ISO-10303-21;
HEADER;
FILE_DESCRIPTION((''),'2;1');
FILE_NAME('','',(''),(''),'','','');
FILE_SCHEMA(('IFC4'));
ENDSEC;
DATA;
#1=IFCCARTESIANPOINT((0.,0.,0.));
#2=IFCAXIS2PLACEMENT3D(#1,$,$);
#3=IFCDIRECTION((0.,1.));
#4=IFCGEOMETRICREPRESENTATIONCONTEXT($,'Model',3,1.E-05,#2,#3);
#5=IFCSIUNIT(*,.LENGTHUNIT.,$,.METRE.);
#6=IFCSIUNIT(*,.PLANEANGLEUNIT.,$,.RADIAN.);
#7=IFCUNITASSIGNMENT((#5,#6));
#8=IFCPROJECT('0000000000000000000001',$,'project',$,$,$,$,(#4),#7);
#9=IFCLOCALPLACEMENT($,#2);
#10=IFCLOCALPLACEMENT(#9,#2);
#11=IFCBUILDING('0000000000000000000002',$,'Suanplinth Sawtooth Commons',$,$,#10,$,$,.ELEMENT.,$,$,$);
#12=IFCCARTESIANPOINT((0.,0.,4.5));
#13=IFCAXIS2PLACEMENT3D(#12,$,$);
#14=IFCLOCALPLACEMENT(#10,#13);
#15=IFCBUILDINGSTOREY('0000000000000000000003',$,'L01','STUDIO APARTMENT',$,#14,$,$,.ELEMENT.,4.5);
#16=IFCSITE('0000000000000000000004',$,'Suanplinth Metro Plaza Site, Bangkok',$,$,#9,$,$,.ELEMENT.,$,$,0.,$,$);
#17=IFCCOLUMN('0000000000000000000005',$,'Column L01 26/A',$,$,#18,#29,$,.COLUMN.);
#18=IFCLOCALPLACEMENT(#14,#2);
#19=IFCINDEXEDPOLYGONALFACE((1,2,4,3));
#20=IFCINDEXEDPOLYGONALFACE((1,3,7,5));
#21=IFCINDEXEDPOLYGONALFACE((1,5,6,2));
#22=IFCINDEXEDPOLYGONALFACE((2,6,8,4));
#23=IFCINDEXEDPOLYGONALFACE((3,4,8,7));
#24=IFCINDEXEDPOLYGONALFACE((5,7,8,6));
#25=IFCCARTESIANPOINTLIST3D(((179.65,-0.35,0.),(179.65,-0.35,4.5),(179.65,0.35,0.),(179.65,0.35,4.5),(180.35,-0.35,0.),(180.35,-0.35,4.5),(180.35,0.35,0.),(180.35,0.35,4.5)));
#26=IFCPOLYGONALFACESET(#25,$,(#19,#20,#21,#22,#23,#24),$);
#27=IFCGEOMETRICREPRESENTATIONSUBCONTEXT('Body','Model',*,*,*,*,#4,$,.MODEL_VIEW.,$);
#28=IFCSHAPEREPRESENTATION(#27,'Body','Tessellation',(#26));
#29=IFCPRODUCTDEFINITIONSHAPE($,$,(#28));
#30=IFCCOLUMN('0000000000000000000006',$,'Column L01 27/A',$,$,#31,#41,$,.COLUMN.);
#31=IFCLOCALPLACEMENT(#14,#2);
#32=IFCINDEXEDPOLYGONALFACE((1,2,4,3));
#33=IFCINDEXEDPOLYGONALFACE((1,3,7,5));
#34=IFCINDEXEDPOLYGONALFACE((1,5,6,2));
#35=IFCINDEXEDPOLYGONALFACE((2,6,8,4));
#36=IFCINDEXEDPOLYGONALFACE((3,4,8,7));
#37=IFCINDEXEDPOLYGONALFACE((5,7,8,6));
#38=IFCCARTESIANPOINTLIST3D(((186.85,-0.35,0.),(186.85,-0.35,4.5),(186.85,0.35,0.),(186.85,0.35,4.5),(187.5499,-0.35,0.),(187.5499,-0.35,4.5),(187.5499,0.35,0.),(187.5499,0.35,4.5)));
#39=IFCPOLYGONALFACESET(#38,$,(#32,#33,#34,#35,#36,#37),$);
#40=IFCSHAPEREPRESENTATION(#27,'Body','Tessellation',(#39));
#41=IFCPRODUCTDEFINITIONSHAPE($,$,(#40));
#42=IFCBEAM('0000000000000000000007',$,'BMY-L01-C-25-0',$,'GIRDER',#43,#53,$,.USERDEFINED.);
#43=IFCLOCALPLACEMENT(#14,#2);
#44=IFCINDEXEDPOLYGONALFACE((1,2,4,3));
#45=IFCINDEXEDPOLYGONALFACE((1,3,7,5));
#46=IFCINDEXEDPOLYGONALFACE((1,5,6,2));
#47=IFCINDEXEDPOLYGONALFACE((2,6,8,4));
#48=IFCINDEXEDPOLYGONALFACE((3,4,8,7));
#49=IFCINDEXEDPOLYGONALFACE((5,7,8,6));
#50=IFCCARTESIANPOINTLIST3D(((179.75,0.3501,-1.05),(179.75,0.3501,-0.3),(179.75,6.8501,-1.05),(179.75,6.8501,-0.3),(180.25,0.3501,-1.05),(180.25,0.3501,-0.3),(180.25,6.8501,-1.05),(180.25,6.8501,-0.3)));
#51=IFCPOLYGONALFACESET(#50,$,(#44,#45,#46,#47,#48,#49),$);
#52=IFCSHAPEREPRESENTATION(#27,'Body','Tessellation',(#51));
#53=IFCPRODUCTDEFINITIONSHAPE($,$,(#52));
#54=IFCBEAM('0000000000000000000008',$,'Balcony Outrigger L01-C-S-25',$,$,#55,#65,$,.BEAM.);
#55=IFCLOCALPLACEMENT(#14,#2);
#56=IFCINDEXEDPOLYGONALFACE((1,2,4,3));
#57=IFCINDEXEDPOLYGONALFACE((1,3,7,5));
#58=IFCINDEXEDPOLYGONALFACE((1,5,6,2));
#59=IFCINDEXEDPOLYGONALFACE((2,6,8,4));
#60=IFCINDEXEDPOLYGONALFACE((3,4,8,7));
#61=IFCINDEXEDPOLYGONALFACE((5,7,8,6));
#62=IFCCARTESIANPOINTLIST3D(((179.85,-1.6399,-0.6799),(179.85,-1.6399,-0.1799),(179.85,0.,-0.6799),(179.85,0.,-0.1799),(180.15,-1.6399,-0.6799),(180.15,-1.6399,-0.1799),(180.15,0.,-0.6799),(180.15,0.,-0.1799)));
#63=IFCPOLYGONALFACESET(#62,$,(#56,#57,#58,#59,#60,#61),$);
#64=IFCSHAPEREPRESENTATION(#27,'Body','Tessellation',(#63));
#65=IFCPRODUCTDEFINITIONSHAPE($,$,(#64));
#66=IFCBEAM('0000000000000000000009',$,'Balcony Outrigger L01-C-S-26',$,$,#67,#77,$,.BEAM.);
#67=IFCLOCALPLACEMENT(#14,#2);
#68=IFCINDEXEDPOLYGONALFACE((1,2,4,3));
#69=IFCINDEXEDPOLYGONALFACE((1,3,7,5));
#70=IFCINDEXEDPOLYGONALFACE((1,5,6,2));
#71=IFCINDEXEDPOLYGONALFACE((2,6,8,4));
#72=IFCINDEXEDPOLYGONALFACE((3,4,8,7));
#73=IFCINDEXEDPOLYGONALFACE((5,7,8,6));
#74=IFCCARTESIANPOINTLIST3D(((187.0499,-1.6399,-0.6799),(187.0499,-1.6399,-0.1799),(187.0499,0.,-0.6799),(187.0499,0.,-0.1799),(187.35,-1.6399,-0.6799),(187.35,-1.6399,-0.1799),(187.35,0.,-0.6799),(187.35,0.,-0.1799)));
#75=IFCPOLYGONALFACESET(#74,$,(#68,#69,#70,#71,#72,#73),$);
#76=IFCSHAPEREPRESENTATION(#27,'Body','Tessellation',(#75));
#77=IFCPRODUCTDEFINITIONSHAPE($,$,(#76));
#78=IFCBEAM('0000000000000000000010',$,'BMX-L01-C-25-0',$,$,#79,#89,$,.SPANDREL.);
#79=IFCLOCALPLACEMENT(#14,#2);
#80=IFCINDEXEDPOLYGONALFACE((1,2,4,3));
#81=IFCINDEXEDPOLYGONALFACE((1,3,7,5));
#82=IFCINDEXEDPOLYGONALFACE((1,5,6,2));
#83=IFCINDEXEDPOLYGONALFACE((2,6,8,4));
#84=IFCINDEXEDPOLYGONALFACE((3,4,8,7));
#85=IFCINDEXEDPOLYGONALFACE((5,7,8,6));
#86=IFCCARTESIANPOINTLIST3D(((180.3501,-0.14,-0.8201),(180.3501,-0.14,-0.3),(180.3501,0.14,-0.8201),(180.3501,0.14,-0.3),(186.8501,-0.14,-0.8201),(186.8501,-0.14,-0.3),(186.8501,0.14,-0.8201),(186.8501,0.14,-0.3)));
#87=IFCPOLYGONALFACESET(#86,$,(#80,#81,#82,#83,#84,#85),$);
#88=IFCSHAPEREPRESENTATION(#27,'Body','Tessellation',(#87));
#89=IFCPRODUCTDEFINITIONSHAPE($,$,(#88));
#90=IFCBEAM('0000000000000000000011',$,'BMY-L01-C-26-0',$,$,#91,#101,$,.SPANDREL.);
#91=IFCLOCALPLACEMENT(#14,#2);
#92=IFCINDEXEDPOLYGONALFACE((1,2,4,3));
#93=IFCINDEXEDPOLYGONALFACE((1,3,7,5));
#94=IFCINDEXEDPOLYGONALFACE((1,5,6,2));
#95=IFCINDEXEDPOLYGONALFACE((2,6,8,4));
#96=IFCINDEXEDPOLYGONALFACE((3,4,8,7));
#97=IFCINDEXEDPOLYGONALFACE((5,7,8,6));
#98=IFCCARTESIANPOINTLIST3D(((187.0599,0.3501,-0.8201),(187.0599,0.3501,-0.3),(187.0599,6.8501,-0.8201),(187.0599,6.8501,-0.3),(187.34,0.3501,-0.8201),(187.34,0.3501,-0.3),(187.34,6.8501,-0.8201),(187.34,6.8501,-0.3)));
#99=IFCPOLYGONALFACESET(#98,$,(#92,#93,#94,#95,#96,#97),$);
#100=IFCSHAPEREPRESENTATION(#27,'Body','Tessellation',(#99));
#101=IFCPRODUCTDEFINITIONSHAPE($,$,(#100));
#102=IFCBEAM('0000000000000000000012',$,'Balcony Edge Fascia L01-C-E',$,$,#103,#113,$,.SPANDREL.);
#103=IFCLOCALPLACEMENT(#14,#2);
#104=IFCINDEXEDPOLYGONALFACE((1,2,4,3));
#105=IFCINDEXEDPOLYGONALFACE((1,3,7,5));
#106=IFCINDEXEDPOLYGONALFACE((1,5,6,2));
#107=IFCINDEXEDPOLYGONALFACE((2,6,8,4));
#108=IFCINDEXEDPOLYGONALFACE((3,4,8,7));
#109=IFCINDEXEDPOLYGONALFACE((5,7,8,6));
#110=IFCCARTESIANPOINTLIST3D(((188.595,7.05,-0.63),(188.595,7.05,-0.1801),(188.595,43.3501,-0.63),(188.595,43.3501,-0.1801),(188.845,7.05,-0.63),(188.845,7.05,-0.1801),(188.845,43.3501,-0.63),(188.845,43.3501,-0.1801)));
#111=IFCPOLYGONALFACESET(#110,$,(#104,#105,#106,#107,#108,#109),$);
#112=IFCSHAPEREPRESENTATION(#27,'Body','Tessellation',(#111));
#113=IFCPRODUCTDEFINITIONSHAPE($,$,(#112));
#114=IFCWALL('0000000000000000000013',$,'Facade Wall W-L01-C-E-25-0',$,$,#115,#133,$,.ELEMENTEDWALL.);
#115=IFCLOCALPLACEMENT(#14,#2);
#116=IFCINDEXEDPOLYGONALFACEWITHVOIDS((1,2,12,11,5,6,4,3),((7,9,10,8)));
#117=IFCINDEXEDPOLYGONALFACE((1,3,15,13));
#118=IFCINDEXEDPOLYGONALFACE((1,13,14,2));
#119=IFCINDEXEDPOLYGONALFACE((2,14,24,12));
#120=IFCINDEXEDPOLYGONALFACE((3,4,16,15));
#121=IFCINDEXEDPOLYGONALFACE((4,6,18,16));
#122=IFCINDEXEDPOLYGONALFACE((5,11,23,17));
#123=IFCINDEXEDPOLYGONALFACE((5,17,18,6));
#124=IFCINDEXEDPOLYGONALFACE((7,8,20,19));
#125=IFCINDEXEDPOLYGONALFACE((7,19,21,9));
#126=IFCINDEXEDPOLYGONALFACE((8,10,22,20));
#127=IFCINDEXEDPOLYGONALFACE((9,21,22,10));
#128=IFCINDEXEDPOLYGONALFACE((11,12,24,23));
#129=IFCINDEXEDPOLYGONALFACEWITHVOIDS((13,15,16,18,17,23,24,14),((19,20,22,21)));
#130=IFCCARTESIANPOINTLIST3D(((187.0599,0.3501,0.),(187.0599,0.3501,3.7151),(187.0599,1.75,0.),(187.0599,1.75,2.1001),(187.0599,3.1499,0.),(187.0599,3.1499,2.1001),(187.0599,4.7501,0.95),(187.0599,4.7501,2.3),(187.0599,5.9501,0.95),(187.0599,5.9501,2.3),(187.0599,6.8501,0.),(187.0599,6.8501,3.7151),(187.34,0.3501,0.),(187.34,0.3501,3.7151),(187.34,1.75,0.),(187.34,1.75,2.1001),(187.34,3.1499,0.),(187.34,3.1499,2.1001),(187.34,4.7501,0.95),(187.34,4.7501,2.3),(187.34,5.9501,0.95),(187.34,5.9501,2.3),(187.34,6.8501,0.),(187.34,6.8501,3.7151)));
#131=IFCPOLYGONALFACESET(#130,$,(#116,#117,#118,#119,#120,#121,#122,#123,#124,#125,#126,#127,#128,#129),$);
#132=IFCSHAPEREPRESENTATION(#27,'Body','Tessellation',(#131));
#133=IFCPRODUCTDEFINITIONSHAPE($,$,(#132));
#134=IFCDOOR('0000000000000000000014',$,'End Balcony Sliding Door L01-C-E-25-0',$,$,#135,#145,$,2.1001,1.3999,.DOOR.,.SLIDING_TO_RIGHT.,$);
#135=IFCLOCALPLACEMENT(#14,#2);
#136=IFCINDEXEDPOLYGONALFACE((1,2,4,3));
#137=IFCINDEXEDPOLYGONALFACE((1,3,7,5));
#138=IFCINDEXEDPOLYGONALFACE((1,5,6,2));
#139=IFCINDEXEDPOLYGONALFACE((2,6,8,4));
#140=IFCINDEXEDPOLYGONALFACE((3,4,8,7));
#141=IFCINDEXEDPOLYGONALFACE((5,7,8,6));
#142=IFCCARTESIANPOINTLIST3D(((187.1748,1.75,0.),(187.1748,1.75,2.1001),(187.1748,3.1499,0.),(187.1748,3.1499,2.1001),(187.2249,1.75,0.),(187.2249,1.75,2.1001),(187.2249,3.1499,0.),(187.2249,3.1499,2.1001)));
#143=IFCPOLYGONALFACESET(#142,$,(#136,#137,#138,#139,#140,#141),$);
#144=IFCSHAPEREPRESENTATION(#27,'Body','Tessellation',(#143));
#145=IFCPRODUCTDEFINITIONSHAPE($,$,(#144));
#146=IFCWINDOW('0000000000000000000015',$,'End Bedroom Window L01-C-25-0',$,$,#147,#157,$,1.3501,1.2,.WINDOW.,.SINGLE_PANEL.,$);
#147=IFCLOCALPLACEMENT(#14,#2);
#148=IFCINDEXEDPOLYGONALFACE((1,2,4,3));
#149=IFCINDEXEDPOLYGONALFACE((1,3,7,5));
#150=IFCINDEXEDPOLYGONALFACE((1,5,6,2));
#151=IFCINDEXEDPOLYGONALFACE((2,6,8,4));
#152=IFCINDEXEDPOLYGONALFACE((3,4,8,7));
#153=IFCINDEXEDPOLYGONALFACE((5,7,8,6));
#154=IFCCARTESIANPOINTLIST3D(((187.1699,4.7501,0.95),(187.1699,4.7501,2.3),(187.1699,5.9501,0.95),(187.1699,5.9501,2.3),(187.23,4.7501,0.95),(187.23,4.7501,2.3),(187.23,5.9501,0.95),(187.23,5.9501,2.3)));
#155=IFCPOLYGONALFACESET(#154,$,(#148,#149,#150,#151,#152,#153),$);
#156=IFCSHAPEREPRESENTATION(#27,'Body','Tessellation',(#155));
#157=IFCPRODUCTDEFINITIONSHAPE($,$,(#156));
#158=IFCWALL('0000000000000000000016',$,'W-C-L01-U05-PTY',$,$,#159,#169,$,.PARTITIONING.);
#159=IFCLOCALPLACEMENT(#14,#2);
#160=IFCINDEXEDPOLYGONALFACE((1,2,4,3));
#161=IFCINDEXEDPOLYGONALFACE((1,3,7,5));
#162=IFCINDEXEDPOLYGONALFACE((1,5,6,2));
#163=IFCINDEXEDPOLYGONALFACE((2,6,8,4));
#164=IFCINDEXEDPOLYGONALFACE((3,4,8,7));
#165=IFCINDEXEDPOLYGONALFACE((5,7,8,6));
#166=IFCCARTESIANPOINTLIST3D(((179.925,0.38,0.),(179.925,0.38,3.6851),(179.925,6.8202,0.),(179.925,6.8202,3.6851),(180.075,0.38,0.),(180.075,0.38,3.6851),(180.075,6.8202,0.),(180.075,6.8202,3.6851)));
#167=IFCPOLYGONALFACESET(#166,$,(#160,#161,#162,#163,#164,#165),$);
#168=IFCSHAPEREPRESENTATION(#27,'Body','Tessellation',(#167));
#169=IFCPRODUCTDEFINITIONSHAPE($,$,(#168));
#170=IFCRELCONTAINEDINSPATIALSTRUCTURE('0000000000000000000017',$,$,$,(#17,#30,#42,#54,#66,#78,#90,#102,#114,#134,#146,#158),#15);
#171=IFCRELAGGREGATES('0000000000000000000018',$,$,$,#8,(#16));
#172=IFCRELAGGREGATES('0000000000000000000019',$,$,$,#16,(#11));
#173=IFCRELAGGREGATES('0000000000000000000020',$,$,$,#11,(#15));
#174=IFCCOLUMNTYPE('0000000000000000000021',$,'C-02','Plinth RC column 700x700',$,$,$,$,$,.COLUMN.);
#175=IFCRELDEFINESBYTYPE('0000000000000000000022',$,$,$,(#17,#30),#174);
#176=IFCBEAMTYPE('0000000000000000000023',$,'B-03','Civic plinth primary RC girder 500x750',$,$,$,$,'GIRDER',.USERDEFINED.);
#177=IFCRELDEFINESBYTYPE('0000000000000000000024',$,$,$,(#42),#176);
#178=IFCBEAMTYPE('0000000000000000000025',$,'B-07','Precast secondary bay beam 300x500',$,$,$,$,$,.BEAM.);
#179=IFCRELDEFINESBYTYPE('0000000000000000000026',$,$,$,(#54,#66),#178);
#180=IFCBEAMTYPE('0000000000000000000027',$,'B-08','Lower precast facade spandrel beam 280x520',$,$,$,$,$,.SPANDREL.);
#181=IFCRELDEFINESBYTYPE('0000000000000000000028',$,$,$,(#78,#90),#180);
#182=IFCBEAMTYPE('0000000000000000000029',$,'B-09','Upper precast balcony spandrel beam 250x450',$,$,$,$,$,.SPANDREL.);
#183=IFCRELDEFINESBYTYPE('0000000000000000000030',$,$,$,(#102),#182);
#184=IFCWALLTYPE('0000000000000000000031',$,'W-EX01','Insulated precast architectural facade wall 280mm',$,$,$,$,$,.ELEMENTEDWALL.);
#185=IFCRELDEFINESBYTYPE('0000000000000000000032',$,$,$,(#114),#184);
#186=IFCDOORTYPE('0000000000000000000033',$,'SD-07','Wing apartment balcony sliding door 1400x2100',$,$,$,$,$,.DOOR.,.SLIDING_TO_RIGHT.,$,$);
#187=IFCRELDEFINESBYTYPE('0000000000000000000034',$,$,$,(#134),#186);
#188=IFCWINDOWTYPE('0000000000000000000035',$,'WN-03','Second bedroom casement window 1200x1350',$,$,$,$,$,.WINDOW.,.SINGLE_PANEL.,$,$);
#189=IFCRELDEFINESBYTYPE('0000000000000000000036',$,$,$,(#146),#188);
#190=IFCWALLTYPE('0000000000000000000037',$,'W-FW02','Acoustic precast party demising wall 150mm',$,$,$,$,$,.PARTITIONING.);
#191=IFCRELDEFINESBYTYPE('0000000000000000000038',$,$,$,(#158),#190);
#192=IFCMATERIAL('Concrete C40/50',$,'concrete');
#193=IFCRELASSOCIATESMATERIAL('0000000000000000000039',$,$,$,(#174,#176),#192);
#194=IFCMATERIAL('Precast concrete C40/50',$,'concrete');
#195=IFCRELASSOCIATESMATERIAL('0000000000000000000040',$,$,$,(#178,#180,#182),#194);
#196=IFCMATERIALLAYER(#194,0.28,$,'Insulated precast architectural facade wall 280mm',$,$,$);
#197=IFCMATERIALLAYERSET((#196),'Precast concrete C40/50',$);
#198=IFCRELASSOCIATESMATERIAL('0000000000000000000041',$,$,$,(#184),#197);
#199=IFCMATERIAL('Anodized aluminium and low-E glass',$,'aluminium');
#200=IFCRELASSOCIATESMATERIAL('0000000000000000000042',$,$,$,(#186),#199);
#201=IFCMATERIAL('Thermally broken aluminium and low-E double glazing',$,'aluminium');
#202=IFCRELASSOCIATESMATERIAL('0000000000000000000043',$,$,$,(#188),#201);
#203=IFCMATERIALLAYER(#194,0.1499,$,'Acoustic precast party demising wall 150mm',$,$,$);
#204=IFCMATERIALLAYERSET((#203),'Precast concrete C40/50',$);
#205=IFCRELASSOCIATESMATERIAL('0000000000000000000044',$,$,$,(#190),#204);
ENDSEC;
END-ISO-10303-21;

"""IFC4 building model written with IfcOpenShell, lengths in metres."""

from ifc_helpers import new_model, si_unit, direction, frame, frame_2d, origin, origin_2d, place, context, subcontext, project, spatial, rectangle, extrude, material, layer, layer_set, material_profile, profile_set, type_object, element, fill, save


model = new_model("IFC4")

# Units and contexts
model_context = context("Model", 3, precision=1e-05, world=origin(), true_north=direction((0.0, 1.0)))
body_context = subcontext(model_context, "Body", "Model", "MODEL_VIEW")
ifc_project = project(units=[si_unit("LENGTHUNIT", "METRE"), si_unit("PLANEANGLEUNIT", "RADIAN")], contexts=[model_context])

# Site, building, storey
site_placement = place(None, origin())
site = spatial("IfcSite", under=ifc_project, at=site_placement, Name="Suanplinth Metro Plaza Site, Bangkok", CompositionType="ELEMENT", RefElevation=0.0)
building_placement = place(site_placement, origin())
building = spatial("IfcBuilding", under=site, at=building_placement, Name="Suanplinth Sawtooth Commons", CompositionType="ELEMENT")
storey_placement = place(building_placement, frame((0.0, 0.0, 4.5)))
storey = spatial("IfcBuildingStorey", under=building, at=storey_placement, Name="L01", Description="STUDIO APARTMENT", CompositionType="ELEMENT", Elevation=4.5)

# Columns
ifc_material_1 = material(Name="Concrete C40/50", Category="concrete")
ifc_material_profile_1 = material_profile(ifc_material_1, rectangle(XDim=0.7, YDim=0.7, at=origin_2d()), Name="RC-COL 700x700")
ifc_profile_set_1 = profile_set([ifc_material_profile_1], Name="Concrete C40/50")
column_type = type_object("IfcColumnType", Name="C-02", Description="Plinth RC column 700x700", PredefinedType="COLUMN", material=ifc_profile_set_1)
for number, where, z_axis, x_axis, name in (
    (1, (180.0, 0.0, 0.0), (0.0, 0.0, 1.0), (1.0, 0.0, 0.0), "Column L01 26/A"),
    (2, (187.2, 0.0, 0.0), (0.0, 0.0, 1.0), (1.0, 0.0, 0.0), "Column L01 27/A"),
):
    element("IfcColumn", number, at=place(storey_placement, frame(where, z_axis=z_axis, x_axis=x_axis)), inside=storey, type_object=column_type, Name=name, PredefinedType="COLUMN", context=body_context, shape_type="SweptSolid", body=[
        extrude(rectangle(XDim=0.7, YDim=0.7, at=origin_2d()), origin(), (0.0, 0.0, 1.0), 4.5),
    ])

# Beams
ifc_material_profile_2 = material_profile(ifc_material_1, rectangle(XDim=0.5, YDim=0.75, at=origin_2d()), Name="RC-GDR 500x750")
ifc_profile_set_2 = profile_set([ifc_material_profile_2], Name="Concrete C40/50")
beam_type_1 = type_object("IfcBeamType", Name="B-03", Description="Civic plinth primary RC girder 500x750", ElementType="GIRDER", PredefinedType="USERDEFINED", material=ifc_profile_set_2)
beam_1_placement = place(storey_placement, frame((180.0, 0.3501, -0.675), z_axis=(0.0, 1.0, 0.0), x_axis=(-1.0, 0.0, 0.0)))
element("IfcBeam", 3, at=beam_1_placement, inside=storey, type_object=beam_type_1, Name="BMY-L01-C-25-0", ObjectType="GIRDER", PredefinedType="USERDEFINED", context=body_context, shape_type="SweptSolid", body=[
    extrude(rectangle(XDim=0.5, YDim=0.75, at=origin_2d()), origin(), (0.0, 0.0, 1.0), 6.5),
])
ifc_material_2 = material(Name="Precast concrete C40/50", Category="concrete")
ifc_material_profile_3 = material_profile(ifc_material_2, rectangle(XDim=0.3, YDim=0.5, at=origin_2d()), Name="PC-BM 300x500")
ifc_profile_set_3 = profile_set([ifc_material_profile_3], Name="Precast concrete C40/50")
beam_type_2 = type_object("IfcBeamType", Name="B-07", Description="Precast secondary bay beam 300x500", PredefinedType="BEAM", material=ifc_profile_set_3)
for number, where, z_axis, x_axis, name in (
    (4, (180.0, 0.0, -0.4299), (0.0, -1.0, 0.0), (1.0, 0.0, 0.0), "Balcony Outrigger L01-C-S-25"),
    (5, (187.2, 0.0, -0.4299), (0.0, -1.0, 0.0), (1.0, 0.0, 0.0), "Balcony Outrigger L01-C-S-26"),
):
    element("IfcBeam", number, at=place(storey_placement, frame(where, z_axis=z_axis, x_axis=x_axis)), inside=storey, type_object=beam_type_2, Name=name, PredefinedType="BEAM", context=body_context, shape_type="SweptSolid", body=[
        extrude(rectangle(XDim=0.3, YDim=0.5, at=origin_2d()), origin(), (0.0, 0.0, 1.0), 1.6399),
    ])
ifc_material_profile_4 = material_profile(ifc_material_2, rectangle(XDim=0.28, YDim=0.52, at=origin_2d()), Name="PC-SP 280x520")
ifc_profile_set_4 = profile_set([ifc_material_profile_4], Name="Precast concrete C40/50")
beam_type_3 = type_object("IfcBeamType", Name="B-08", Description="Lower precast facade spandrel beam 280x520", PredefinedType="SPANDREL", material=ifc_profile_set_4)
for number, where, z_axis, x_axis, name in (
    (6, (180.3501, 0.0, -0.5601), (1.0, 0.0, 0.0), (0.0, 1.0, 0.0), "BMX-L01-C-25-0"),
    (7, (187.2, 0.3501, -0.5601), (0.0, 1.0, 0.0), (-1.0, 0.0, 0.0), "BMY-L01-C-26-0"),
):
    element("IfcBeam", number, at=place(storey_placement, frame(where, z_axis=z_axis, x_axis=x_axis)), inside=storey, type_object=beam_type_3, Name=name, PredefinedType="SPANDREL", context=body_context, shape_type="SweptSolid", body=[
        extrude(rectangle(XDim=0.28, YDim=0.52, at=origin_2d()), origin(), (0.0, 0.0, 1.0), 6.5),
    ])
ifc_material_profile_5 = material_profile(ifc_material_2, rectangle(XDim=0.25, YDim=0.45, at=origin_2d()), Name="PC-SP 250x450")
ifc_profile_set_5 = profile_set([ifc_material_profile_5], Name="Precast concrete C40/50")
beam_type_4 = type_object("IfcBeamType", Name="B-09", Description="Upper precast balcony spandrel beam 250x450", PredefinedType="SPANDREL", material=ifc_profile_set_5)
beam_2_placement = place(storey_placement, frame((188.72, 7.05, -0.405), z_axis=(0.0, 1.0, 0.0), x_axis=(-1.0, 0.0, 0.0)))
element("IfcBeam", 8, at=beam_2_placement, inside=storey, type_object=beam_type_4, Name="Balcony Edge Fascia L01-C-E", PredefinedType="SPANDREL", context=body_context, shape_type="SweptSolid", body=[
    extrude(rectangle(XDim=0.25, YDim=0.45, at=origin_2d()), origin(), (0.0, 0.0, 1.0), 36.3),
])

# Wall, openings, door, window
ifc_layer_1 = layer(ifc_material_2, 0.28, Name="Insulated precast architectural facade wall 280mm")
ifc_layer_set_1 = layer_set([ifc_layer_1], Name="Precast concrete C40/50")
wall_type_1 = type_object("IfcWallType", Name="W-EX01", Description="Insulated precast architectural facade wall 280mm", PredefinedType="ELEMENTEDWALL", material=ifc_layer_set_1)
ifc_material_3 = material(Name="Anodized aluminium and low-E glass", Category="aluminium")
ifc_material_4 = material(Name="Thermally broken aluminium and low-E double glazing", Category="aluminium")
wall_1_placement = place(storey_placement, frame((187.2, 0.3501, 0.0), z_axis=(0.0, 0.0, 1.0), x_axis=(0.0, 1.0, 0.0)))
wall_1 = element("IfcWall", 9, at=wall_1_placement, inside=storey, type_object=wall_type_1, Name="Facade Wall W-L01-C-E-25-0", PredefinedType="ELEMENTEDWALL", context=body_context, shape_type="SweptSolid", body=[
    extrude(rectangle(XDim=6.5, YDim=0.28, at=frame_2d((3.25, 0.0))), origin(), (0.0, 0.0, 1.0), 3.7151),
])
opening_1_placement = place(wall_1_placement, frame((1.3999, 0.0, 0.0)))
opening_1 = element("IfcOpeningElement", 10, at=opening_1_placement, cuts=wall_1, PredefinedType="OPENING", context=body_context, shape_type="SweptSolid", body=[
    extrude(rectangle(XDim=1.3999, YDim=2.1001, at=frame_2d((0.7, 1.05))), frame((0.0, 0.1548, 0.0), z_axis=(0.0, -1.0, 0.0), x_axis=(1.0, 0.0, 0.0)), (0.0, 0.0, 1.0), 0.3098),
])
opening_2_placement = place(wall_1_placement, frame((4.3999, 0.0, 0.95)))
opening_2 = element("IfcOpeningElement", 11, at=opening_2_placement, cuts=wall_1, PredefinedType="OPENING", context=body_context, shape_type="SweptSolid", body=[
    extrude(rectangle(XDim=1.2, YDim=1.3501, at=frame_2d((0.6001, 0.675))), frame((0.0, 0.1548, 0.0), z_axis=(0.0, -1.0, 0.0), x_axis=(1.0, 0.0, 0.0)), (0.0, 0.0, 1.0), 0.3098),
])
door_type_1 = type_object("IfcDoorType", Name="SD-07", Description="Wing apartment balcony sliding door 1400x2100", OperationType="SLIDING_TO_RIGHT", PredefinedType="DOOR", material=ifc_material_3)
door_1_placement = place(opening_1_placement, frame((1.3999, 0.0, 0.0), z_axis=(0.0, 0.0, 1.0), x_axis=(-1.0, 0.0, 0.0)))
door_1 = element("IfcDoor", 12, at=door_1_placement, inside=storey, type_object=door_type_1, Name="End Balcony Sliding Door L01-C-E-25-0", OperationType="SLIDING_TO_RIGHT", OverallHeight=2.1001, OverallWidth=1.3999, PredefinedType="DOOR", context=body_context, shape_type="SweptSolid", body=[
    extrude(rectangle(XDim=1.3999, YDim=2.1001, at=frame_2d((0.7, 1.05))), frame((0.0, 0.0249, 0.0), z_axis=(0.0, -1.0, 0.0), x_axis=(1.0, 0.0, 0.0)), (0.0, 0.0, 1.0), 0.05),
])
fill(opening_1, door_1)
window_type_1 = type_object("IfcWindowType", Name="WN-03", Description="Second bedroom casement window 1200x1350", PartitioningType="SINGLE_PANEL", PredefinedType="WINDOW", material=ifc_material_4)
window_1_placement = place(opening_2_placement, origin())
window_1 = element("IfcWindow", 13, at=window_1_placement, inside=storey, type_object=window_type_1, Name="End Bedroom Window L01-C-25-0", OverallHeight=1.3501, OverallWidth=1.2, PartitioningType="SINGLE_PANEL", PredefinedType="WINDOW", context=body_context, shape_type="SweptSolid", body=[
    extrude(rectangle(XDim=1.2, YDim=1.3501, at=frame_2d((0.6001, 0.675))), frame((0.0, 0.03, 0.0), z_axis=(0.0, -1.0, 0.0), x_axis=(1.0, 0.0, 0.0)), (0.0, 0.0, 1.0), 0.0601),
])
fill(opening_2, window_1)

# Wall
ifc_layer_2 = layer(ifc_material_2, 0.1499, Name="Acoustic precast party demising wall 150mm")
ifc_layer_set_2 = layer_set([ifc_layer_2], Name="Precast concrete C40/50")
wall_type_2 = type_object("IfcWallType", Name="W-FW02", Description="Acoustic precast party demising wall 150mm", PredefinedType="PARTITIONING", material=ifc_layer_set_2)
wall_2_placement = place(storey_placement, frame((180.0, 0.3799, 0.0), z_axis=(0.0, 0.0, 1.0), x_axis=(0.0, 1.0, 0.0)))
element("IfcWall", 14, at=wall_2_placement, inside=storey, type_object=wall_type_2, Name="W-C-L01-U05-PTY", PredefinedType="PARTITIONING", context=body_context, shape_type="SweptSolid", body=[
    extrude(rectangle(XDim=6.4402, YDim=0.1499, at=frame_2d((3.2202, 0.0))), origin(), (0.0, 0.0, 1.0), 3.6851),
])

save(model, "model.ifc")
